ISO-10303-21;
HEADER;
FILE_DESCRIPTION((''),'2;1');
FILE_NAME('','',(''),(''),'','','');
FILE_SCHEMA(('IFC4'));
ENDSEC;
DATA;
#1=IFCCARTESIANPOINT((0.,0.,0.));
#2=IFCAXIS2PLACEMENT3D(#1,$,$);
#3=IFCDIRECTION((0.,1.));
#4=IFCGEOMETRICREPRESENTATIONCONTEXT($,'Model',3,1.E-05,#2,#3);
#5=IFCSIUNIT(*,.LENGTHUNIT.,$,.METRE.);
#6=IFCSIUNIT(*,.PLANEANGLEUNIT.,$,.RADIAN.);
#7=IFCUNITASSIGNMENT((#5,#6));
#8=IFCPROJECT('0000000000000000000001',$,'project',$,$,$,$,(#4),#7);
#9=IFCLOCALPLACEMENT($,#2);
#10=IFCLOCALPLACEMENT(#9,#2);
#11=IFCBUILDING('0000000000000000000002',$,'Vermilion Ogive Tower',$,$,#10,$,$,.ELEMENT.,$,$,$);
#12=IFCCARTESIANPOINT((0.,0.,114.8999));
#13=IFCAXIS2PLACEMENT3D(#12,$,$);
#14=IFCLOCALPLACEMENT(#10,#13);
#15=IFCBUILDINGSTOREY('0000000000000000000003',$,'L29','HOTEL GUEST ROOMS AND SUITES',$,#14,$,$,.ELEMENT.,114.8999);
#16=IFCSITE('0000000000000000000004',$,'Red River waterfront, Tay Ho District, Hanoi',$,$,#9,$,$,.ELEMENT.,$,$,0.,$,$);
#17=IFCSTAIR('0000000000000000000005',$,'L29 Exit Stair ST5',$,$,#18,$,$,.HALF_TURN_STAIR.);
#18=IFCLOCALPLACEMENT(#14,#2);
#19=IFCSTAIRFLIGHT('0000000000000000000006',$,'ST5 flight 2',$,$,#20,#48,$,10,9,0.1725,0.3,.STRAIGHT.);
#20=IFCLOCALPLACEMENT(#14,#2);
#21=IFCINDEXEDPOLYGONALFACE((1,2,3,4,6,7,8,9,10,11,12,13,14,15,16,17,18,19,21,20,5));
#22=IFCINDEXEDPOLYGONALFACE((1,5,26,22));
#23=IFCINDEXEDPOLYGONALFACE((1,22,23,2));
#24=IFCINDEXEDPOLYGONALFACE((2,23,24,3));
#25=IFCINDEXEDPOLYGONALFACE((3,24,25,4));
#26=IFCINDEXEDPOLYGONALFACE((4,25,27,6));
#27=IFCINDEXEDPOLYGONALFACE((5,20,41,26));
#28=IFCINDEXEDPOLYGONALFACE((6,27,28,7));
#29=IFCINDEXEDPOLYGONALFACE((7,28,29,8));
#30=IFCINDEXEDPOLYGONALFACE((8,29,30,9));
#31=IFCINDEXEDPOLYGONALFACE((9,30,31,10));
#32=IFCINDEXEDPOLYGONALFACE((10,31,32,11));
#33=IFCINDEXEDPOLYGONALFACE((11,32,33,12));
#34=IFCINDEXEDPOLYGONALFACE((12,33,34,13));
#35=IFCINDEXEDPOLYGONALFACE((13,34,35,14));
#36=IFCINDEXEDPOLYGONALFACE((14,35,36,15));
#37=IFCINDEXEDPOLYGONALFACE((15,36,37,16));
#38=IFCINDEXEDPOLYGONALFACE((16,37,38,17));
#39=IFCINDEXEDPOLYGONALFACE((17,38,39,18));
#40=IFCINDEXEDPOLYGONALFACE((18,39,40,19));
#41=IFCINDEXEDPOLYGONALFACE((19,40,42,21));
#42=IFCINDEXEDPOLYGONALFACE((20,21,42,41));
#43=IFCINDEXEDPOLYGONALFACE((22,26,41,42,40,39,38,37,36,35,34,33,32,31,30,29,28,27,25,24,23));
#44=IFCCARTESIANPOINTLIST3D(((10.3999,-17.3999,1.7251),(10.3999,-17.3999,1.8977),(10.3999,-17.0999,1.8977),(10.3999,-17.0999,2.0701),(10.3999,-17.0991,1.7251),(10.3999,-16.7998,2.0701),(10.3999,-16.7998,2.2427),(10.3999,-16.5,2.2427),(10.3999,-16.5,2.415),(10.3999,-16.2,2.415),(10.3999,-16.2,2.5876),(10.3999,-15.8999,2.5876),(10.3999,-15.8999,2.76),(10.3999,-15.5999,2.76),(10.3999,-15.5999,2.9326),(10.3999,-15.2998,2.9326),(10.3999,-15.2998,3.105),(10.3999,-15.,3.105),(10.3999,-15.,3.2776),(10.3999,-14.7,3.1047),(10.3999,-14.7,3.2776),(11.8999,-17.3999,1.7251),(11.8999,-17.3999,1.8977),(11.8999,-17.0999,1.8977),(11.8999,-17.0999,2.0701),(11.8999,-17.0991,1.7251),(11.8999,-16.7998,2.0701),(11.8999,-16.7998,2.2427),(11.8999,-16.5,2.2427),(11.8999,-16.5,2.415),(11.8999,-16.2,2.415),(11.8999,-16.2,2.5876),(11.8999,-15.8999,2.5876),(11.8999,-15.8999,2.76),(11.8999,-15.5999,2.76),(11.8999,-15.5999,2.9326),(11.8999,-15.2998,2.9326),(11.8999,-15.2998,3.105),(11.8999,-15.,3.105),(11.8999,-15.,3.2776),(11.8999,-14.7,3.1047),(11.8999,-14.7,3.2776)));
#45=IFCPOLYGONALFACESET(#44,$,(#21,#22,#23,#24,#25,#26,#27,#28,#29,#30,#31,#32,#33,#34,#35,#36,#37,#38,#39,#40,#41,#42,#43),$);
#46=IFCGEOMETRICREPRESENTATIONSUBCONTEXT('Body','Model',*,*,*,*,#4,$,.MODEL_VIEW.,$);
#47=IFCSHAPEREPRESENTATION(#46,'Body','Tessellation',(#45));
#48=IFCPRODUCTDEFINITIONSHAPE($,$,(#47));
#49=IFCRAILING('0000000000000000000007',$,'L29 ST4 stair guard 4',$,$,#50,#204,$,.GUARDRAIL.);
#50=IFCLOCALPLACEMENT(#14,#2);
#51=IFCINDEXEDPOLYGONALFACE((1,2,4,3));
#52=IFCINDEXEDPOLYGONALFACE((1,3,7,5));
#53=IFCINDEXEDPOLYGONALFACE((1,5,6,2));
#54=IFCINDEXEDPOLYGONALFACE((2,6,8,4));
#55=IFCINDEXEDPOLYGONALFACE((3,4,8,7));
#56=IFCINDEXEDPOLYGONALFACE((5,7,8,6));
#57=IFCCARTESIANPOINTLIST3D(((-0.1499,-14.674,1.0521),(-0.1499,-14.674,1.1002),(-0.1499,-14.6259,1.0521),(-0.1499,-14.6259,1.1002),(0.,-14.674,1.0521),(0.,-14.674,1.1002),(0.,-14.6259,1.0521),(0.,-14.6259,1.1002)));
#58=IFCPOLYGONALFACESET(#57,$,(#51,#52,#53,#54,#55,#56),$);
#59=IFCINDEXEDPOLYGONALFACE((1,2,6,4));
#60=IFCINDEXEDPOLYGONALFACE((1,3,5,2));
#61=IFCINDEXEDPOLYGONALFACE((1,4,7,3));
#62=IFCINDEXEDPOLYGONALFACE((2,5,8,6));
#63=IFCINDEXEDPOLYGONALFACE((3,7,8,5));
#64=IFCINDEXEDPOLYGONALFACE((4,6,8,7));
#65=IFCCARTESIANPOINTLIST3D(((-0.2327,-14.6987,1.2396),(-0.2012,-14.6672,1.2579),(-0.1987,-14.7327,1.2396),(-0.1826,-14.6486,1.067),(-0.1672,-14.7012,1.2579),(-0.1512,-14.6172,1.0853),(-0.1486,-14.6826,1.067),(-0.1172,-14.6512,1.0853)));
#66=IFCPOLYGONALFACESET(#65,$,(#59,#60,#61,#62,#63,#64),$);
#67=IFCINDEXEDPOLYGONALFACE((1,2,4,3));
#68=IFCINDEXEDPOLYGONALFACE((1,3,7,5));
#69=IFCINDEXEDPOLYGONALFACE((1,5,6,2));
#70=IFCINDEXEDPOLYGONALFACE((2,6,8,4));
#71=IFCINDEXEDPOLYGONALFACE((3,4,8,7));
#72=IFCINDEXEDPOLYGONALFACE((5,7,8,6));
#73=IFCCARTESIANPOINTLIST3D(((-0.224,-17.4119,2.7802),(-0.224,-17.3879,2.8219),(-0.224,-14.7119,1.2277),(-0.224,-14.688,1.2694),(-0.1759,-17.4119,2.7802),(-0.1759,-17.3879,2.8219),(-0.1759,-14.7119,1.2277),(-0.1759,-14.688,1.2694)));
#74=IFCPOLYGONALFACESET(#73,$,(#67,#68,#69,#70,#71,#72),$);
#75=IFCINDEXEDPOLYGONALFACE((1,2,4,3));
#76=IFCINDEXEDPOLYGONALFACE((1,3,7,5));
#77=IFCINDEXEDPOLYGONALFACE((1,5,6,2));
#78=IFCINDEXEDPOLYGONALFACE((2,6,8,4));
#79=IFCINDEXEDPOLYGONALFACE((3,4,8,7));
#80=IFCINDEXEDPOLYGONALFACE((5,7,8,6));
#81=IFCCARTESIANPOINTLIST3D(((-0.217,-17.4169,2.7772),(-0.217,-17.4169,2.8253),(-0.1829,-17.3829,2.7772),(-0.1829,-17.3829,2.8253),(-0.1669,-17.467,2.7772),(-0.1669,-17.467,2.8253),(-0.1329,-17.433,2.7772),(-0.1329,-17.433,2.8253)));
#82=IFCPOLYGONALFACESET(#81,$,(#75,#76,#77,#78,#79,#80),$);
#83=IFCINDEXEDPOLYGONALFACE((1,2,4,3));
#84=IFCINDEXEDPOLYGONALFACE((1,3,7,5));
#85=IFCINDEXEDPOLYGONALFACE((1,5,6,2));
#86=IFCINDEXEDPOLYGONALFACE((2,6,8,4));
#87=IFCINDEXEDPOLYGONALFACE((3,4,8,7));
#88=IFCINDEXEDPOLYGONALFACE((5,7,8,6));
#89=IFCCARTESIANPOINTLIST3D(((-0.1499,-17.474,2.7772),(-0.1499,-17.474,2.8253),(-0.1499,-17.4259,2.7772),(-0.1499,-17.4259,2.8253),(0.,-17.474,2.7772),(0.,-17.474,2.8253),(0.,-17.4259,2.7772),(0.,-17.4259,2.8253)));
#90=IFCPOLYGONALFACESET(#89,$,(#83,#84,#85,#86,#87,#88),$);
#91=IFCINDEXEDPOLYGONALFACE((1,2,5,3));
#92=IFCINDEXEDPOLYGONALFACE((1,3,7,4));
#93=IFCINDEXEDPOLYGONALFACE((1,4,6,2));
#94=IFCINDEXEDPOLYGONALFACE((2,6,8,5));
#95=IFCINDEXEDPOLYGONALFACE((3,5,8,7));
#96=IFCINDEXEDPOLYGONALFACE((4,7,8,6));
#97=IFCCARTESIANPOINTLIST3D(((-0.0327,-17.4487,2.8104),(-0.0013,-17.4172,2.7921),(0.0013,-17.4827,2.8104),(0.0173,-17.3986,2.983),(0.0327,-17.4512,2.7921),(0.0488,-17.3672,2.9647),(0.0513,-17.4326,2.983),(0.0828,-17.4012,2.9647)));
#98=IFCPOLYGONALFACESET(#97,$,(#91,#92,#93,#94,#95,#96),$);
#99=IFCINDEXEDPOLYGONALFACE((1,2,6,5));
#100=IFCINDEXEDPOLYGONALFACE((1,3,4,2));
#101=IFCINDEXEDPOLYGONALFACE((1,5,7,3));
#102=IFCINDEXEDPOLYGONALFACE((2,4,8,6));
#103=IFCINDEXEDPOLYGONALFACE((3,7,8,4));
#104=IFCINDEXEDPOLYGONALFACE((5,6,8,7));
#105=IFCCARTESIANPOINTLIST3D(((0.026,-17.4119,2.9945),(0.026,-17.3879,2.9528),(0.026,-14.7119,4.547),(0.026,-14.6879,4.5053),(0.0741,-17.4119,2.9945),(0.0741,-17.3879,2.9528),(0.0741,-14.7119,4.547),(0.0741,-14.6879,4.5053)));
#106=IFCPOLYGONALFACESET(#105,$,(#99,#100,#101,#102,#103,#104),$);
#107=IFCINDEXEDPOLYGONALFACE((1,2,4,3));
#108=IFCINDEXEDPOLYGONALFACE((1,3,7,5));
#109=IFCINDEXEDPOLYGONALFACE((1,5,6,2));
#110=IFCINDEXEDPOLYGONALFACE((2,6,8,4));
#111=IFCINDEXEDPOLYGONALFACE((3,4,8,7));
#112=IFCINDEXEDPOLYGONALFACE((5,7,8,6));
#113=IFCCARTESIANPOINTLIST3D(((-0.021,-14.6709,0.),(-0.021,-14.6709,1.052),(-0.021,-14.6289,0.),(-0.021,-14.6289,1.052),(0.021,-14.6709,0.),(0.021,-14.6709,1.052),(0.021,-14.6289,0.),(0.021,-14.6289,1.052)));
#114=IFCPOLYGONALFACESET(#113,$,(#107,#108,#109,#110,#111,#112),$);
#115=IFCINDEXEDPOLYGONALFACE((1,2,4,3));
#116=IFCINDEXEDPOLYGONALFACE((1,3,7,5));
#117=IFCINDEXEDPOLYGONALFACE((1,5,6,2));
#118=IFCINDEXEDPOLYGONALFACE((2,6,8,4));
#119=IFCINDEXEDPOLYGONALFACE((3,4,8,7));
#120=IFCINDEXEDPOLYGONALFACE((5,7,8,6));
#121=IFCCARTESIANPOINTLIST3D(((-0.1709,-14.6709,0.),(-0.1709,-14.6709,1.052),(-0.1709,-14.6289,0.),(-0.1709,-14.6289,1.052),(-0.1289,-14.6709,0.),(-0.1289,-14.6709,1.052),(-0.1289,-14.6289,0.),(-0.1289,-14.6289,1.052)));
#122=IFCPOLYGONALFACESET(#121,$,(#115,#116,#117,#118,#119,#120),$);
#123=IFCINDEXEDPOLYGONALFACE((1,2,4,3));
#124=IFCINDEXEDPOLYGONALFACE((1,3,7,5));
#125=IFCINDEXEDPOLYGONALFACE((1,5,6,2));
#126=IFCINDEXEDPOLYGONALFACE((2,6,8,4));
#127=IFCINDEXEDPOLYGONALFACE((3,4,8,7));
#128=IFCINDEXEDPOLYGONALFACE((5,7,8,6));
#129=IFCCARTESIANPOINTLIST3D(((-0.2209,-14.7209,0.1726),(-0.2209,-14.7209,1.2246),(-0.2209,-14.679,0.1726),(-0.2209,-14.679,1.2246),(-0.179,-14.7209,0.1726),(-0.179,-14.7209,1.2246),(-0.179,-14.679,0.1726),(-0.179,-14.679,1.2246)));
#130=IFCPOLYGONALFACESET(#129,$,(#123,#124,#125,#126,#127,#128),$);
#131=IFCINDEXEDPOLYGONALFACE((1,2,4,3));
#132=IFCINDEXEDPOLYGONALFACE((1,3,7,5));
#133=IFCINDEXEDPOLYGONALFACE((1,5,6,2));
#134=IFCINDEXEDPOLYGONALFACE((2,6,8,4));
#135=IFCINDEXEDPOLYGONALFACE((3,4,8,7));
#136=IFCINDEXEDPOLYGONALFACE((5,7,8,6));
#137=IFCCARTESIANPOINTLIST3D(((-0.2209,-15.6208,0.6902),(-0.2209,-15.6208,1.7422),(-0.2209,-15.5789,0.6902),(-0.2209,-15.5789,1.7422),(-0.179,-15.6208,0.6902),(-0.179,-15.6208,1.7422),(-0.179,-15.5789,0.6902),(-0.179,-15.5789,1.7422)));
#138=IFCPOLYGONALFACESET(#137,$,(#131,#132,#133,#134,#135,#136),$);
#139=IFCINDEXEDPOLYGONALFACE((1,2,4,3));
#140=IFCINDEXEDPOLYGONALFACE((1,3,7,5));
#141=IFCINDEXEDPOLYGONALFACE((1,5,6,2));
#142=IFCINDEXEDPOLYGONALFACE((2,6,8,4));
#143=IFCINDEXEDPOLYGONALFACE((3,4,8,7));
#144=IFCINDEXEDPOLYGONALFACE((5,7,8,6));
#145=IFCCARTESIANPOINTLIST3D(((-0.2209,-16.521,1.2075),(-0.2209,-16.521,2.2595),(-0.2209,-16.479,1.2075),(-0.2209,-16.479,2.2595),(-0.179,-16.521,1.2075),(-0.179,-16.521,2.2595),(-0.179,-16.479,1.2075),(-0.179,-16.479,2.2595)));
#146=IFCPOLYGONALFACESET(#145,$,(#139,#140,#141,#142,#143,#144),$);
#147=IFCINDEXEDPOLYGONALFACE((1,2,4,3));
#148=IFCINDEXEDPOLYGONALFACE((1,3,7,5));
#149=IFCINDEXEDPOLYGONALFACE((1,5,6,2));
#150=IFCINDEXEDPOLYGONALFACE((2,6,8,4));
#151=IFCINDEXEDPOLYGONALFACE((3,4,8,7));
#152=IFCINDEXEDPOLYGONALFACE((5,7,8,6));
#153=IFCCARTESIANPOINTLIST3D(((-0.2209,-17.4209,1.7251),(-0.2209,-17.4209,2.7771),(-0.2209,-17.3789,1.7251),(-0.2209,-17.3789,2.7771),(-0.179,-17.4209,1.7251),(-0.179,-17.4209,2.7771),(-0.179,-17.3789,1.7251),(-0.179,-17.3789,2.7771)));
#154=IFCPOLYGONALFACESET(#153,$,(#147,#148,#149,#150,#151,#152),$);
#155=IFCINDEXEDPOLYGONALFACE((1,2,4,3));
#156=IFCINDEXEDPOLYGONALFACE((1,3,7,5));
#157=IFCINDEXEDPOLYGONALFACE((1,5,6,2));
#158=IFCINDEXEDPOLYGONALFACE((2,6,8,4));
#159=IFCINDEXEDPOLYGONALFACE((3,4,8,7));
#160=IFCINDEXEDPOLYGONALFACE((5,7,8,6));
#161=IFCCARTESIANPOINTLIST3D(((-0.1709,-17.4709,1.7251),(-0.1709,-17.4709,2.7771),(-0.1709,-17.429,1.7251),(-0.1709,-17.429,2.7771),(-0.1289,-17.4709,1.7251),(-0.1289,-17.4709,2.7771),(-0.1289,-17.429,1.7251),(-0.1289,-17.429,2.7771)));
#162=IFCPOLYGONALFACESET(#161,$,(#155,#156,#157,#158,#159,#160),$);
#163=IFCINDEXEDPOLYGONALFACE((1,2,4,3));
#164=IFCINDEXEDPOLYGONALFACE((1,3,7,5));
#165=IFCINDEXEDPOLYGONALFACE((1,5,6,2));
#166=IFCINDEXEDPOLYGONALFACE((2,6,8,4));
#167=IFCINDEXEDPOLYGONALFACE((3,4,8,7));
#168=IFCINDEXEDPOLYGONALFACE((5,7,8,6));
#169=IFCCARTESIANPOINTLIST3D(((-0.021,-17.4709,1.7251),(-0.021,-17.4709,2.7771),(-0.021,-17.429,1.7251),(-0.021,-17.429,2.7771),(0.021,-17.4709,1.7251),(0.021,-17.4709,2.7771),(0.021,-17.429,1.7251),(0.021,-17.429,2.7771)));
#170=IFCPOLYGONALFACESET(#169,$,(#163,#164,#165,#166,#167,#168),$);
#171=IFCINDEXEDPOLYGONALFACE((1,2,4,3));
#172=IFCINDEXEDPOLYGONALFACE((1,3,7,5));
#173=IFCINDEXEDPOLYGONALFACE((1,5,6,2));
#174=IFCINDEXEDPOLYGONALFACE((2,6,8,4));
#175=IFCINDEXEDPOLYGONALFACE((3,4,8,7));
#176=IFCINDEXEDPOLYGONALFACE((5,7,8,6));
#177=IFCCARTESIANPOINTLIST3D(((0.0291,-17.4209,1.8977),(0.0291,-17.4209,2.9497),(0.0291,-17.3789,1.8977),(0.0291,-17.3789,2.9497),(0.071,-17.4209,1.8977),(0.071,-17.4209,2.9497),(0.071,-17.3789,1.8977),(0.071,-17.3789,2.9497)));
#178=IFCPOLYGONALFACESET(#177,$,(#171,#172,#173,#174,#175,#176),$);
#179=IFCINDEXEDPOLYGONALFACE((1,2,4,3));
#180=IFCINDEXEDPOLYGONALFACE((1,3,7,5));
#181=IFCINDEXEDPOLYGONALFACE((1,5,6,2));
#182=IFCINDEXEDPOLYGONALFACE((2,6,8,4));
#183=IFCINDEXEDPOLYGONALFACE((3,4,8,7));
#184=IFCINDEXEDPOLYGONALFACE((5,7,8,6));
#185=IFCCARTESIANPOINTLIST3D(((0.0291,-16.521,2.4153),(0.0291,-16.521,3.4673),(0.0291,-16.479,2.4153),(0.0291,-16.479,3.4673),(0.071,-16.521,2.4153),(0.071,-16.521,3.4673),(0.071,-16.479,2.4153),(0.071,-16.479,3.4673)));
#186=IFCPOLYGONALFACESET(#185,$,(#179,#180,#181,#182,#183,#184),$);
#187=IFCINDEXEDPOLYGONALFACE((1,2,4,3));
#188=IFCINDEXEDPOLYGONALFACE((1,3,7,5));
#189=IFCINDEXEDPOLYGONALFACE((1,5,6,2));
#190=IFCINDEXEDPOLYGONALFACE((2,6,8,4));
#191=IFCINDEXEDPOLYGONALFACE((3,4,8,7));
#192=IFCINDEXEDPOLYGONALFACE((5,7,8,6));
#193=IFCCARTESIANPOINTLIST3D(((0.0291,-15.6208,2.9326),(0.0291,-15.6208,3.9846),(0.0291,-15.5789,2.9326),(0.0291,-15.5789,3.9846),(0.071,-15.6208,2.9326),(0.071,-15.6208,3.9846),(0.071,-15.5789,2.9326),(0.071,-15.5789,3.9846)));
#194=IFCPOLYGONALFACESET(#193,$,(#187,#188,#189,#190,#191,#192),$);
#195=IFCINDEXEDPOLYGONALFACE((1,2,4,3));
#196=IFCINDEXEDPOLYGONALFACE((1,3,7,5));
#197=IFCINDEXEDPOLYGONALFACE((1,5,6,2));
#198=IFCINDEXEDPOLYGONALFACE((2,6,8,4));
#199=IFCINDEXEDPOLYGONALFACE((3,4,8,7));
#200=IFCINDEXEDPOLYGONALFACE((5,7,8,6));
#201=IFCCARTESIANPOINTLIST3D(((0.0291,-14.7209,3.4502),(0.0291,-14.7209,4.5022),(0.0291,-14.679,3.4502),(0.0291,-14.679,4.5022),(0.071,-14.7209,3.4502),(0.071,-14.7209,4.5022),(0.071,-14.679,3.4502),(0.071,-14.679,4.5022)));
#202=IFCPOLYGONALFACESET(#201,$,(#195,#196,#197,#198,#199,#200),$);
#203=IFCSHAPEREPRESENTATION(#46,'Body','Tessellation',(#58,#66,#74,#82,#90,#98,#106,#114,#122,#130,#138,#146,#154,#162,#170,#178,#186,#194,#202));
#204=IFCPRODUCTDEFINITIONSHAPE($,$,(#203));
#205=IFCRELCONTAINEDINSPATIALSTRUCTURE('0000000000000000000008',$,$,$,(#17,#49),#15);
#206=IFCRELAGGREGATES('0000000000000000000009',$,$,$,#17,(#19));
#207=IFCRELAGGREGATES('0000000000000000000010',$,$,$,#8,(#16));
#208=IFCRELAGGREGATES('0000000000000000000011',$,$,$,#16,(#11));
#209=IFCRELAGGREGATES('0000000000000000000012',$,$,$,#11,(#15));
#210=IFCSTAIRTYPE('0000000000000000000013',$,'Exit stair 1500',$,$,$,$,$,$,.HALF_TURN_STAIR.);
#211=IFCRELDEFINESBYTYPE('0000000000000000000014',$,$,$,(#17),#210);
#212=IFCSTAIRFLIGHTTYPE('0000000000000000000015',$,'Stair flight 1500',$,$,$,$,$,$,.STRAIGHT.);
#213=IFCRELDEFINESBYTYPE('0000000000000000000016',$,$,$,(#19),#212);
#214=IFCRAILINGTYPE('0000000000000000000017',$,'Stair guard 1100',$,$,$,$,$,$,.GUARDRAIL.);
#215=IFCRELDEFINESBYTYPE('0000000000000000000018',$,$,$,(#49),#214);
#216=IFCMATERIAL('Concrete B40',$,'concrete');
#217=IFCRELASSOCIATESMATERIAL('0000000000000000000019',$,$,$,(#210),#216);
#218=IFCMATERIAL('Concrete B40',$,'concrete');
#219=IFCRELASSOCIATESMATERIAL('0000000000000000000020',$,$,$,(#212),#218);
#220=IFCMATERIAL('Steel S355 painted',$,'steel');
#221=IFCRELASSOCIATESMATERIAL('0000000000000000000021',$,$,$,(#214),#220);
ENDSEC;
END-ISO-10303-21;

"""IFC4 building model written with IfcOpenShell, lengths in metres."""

from ifc_helpers import new_model, si_unit, direction, frame, origin, origin_2d, place, context, subcontext, project, spatial, polyline, rectangle, outline, extrude, material, type_object, element, aggregate, save


model = new_model("IFC4")

# Units and contexts
model_context = context("Model", 3, precision=1e-05, world=origin(), true_north=direction((0.0, 1.0)))
body_context = subcontext(model_context, "Body", "Model", "MODEL_VIEW")
ifc_project = project(units=[si_unit("LENGTHUNIT", "METRE"), si_unit("PLANEANGLEUNIT", "RADIAN")], contexts=[model_context])

# Site, building, storey
site_placement = place(None, origin())
site = spatial("IfcSite", under=ifc_project, at=site_placement, Name="Red River waterfront, Tay Ho District, Hanoi", CompositionType="ELEMENT", RefElevation=0.0)
building_placement = place(site_placement, origin())
building = spatial("IfcBuilding", under=site, at=building_placement, Name="Vermilion Ogive Tower", CompositionType="ELEMENT")
storey_placement = place(building_placement, frame((0.0, 0.0, 114.8999)))
storey = spatial("IfcBuildingStorey", under=building, at=storey_placement, Name="L29", Description="HOTEL GUEST ROOMS AND SUITES", CompositionType="ELEMENT", Elevation=114.8999)

# Stair, stair flight
ifc_material_1 = material(Name="Concrete B40", Category="concrete")
stair_type = type_object("IfcStairType", Name="Exit stair 1500", PredefinedType="HALF_TURN_STAIR", material=ifc_material_1)
stair_placement = place(storey_placement, origin())
stair = element("IfcStair", 1, at=stair_placement, inside=storey, type_object=stair_type, Name="L29 Exit Stair ST5", PredefinedType="HALF_TURN_STAIR")
ifc_material_2 = material(Name="Concrete B40", Category="concrete")
stair_flight_type = type_object("IfcStairFlightType", Name="Stair flight 1500", PredefinedType="STRAIGHT", material=ifc_material_2)
stair_flight_1_placement = place(storey_placement, frame((11.1499, -17.3999, 1.7251), z_axis=(0.0, 0.0, 1.0), x_axis=(0.0, 1.0, 0.0)))
stair_flight_1 = element("IfcStairFlight", 2, at=stair_flight_1_placement, type_object=stair_flight_type, Name="ST5 flight 2", NumberOfRisers=10, NumberOfTreads=9, PredefinedType="STRAIGHT", RiserHeight=0.1725, TreadLength=0.3, context=body_context, shape_type="SweptSolid", body=[
    extrude(outline(polyline([(0.0, 0.0), (0.0, 0.1726), (0.3, 0.1726), (0.3, 0.345), (0.6001, 0.345), (0.6001, 0.5176), (0.8999, 0.5176), (0.8999, 0.6899), (1.2, 0.6899), (1.2, 0.8625), (1.5, 0.8625), (1.5, 1.0349), (1.8, 1.0349), (1.8, 1.2075), (2.1001, 1.2075), (2.1001, 1.3799), (2.3999, 1.3799), (2.3999, 1.5525), (2.7, 1.5525), (2.7, 1.7251), (2.7, 1.3796), (0.3008, 0.0), (0.0, 0.0)])), frame((0.0, 0.75, 0.0), z_axis=(0.0, -1.0, 0.0), x_axis=(1.0, 0.0, 0.0)), (0.0, 0.0, 1.0), 1.5),
])
aggregate(stair, [stair_flight_1])

# Railing
ifc_material_3 = material(Name="Steel S355 painted", Category="steel")
railing_type_1 = type_object("IfcRailingType", Name="Stair guard 1100", PredefinedType="GUARDRAIL", material=ifc_material_3)
railing_1_placement = place(storey_placement, frame((0.0, -14.6499, 0.0)))
element("IfcRailing", 3, at=railing_1_placement, inside=storey, type_object=railing_type_1, Name="L29 ST4 stair guard 4", PredefinedType="GUARDRAIL", context=body_context, shape_type="SweptSolid", body=[
    extrude(rectangle(XDim=0.0481, YDim=0.0481, at=origin_2d()), frame((0.0, 0.0, 1.0762), z_axis=(-1.0, 0.0, 0.0), x_axis=(0.0, -1.0, 0.0)), (0.0, 0.0, 1.0), 0.1499),
    extrude(rectangle(XDim=0.0481, YDim=0.0481, at=origin_2d()), frame((-0.1499, 0.0, 1.0762), z_axis=(-0.268278, -0.268278, 0.925232), x_axis=(0.707107, -0.707107, 0.0)), (0.0, 0.0, 1.0), 0.1865),
    extrude(rectangle(XDim=0.0481, YDim=0.0481, at=origin_2d()), frame((-0.2, -0.05, 1.2485), z_axis=(0.0, -0.866904, 0.498476), x_axis=(1.0, 0.0, 0.0)), (0.0, 0.0, 1.0), 3.1145),
    extrude(rectangle(XDim=0.0481, YDim=0.0481, at=origin_2d()), frame((-0.2, -2.75, 2.8013), z_axis=(0.707107, -0.707107, 0.0), x_axis=(0.707107, 0.707107, 0.0)), (0.0, 0.0, 1.0), 0.0708),
    extrude(rectangle(XDim=0.0481, YDim=0.0481, at=origin_2d()), frame((-0.1499, -2.8, 2.8013), z_axis=(1.0, 0.0, 0.0), x_axis=(0.0, 1.0, 0.0)), (0.0, 0.0, 1.0), 0.1499),
    extrude(rectangle(XDim=0.0481, YDim=0.0481, at=origin_2d()), frame((0.0, -2.8, 2.8013), z_axis=(0.268278, 0.268278, 0.925232), x_axis=(-0.707107, 0.707107, 0.0)), (0.0, 0.0, 1.0), 0.1865),
    extrude(rectangle(XDim=0.0481, YDim=0.0481, at=origin_2d()), frame((0.05, -2.75, 2.9736), z_axis=(0.0, 0.866904, 0.498476), x_axis=(-1.0, 0.0, 0.0)), (0.0, 0.0, 1.0), 3.1145),
    extrude(rectangle(XDim=0.042, YDim=0.042, at=origin_2d()), origin(), (0.0, 0.0, 1.0), 1.052),
    extrude(rectangle(XDim=0.042, YDim=0.042, at=origin_2d()), frame((-0.1499, 0.0, 0.0)), (0.0, 0.0, 1.0), 1.052),
    extrude(rectangle(XDim=0.042, YDim=0.042, at=origin_2d()), frame((-0.2, -0.05, 0.1726)), (0.0, 0.0, 1.0), 1.052),
    extrude(rectangle(XDim=0.042, YDim=0.042, at=origin_2d()), frame((-0.2, -0.95, 0.6902)), (0.0, 0.0, 1.0), 1.052),
    extrude(rectangle(XDim=0.042, YDim=0.042, at=origin_2d()), frame((-0.2, -1.8501, 1.2075)), (0.0, 0.0, 1.0), 1.052),
    extrude(rectangle(XDim=0.042, YDim=0.042, at=origin_2d()), frame((-0.2, -2.75, 1.7251)), (0.0, 0.0, 1.0), 1.052),
    extrude(rectangle(XDim=0.042, YDim=0.042, at=origin_2d()), frame((-0.1499, -2.8, 1.7251)), (0.0, 0.0, 1.0), 1.052),
    extrude(rectangle(XDim=0.042, YDim=0.042, at=origin_2d()), frame((0.0, -2.8, 1.7251)), (0.0, 0.0, 1.0), 1.052),
    extrude(rectangle(XDim=0.042, YDim=0.042, at=origin_2d()), frame((0.05, -2.75, 1.8977)), (0.0, 0.0, 1.0), 1.052),
    extrude(rectangle(XDim=0.042, YDim=0.042, at=origin_2d()), frame((0.05, -1.8501, 2.4153)), (0.0, 0.0, 1.0), 1.052),
    extrude(rectangle(XDim=0.042, YDim=0.042, at=origin_2d()), frame((0.05, -0.95, 2.9326)), (0.0, 0.0, 1.0), 1.052),
    extrude(rectangle(XDim=0.042, YDim=0.042, at=origin_2d()), frame((0.05, -0.05, 3.4502)), (0.0, 0.0, 1.0), 1.052),
])

save(model, "model.ifc")
